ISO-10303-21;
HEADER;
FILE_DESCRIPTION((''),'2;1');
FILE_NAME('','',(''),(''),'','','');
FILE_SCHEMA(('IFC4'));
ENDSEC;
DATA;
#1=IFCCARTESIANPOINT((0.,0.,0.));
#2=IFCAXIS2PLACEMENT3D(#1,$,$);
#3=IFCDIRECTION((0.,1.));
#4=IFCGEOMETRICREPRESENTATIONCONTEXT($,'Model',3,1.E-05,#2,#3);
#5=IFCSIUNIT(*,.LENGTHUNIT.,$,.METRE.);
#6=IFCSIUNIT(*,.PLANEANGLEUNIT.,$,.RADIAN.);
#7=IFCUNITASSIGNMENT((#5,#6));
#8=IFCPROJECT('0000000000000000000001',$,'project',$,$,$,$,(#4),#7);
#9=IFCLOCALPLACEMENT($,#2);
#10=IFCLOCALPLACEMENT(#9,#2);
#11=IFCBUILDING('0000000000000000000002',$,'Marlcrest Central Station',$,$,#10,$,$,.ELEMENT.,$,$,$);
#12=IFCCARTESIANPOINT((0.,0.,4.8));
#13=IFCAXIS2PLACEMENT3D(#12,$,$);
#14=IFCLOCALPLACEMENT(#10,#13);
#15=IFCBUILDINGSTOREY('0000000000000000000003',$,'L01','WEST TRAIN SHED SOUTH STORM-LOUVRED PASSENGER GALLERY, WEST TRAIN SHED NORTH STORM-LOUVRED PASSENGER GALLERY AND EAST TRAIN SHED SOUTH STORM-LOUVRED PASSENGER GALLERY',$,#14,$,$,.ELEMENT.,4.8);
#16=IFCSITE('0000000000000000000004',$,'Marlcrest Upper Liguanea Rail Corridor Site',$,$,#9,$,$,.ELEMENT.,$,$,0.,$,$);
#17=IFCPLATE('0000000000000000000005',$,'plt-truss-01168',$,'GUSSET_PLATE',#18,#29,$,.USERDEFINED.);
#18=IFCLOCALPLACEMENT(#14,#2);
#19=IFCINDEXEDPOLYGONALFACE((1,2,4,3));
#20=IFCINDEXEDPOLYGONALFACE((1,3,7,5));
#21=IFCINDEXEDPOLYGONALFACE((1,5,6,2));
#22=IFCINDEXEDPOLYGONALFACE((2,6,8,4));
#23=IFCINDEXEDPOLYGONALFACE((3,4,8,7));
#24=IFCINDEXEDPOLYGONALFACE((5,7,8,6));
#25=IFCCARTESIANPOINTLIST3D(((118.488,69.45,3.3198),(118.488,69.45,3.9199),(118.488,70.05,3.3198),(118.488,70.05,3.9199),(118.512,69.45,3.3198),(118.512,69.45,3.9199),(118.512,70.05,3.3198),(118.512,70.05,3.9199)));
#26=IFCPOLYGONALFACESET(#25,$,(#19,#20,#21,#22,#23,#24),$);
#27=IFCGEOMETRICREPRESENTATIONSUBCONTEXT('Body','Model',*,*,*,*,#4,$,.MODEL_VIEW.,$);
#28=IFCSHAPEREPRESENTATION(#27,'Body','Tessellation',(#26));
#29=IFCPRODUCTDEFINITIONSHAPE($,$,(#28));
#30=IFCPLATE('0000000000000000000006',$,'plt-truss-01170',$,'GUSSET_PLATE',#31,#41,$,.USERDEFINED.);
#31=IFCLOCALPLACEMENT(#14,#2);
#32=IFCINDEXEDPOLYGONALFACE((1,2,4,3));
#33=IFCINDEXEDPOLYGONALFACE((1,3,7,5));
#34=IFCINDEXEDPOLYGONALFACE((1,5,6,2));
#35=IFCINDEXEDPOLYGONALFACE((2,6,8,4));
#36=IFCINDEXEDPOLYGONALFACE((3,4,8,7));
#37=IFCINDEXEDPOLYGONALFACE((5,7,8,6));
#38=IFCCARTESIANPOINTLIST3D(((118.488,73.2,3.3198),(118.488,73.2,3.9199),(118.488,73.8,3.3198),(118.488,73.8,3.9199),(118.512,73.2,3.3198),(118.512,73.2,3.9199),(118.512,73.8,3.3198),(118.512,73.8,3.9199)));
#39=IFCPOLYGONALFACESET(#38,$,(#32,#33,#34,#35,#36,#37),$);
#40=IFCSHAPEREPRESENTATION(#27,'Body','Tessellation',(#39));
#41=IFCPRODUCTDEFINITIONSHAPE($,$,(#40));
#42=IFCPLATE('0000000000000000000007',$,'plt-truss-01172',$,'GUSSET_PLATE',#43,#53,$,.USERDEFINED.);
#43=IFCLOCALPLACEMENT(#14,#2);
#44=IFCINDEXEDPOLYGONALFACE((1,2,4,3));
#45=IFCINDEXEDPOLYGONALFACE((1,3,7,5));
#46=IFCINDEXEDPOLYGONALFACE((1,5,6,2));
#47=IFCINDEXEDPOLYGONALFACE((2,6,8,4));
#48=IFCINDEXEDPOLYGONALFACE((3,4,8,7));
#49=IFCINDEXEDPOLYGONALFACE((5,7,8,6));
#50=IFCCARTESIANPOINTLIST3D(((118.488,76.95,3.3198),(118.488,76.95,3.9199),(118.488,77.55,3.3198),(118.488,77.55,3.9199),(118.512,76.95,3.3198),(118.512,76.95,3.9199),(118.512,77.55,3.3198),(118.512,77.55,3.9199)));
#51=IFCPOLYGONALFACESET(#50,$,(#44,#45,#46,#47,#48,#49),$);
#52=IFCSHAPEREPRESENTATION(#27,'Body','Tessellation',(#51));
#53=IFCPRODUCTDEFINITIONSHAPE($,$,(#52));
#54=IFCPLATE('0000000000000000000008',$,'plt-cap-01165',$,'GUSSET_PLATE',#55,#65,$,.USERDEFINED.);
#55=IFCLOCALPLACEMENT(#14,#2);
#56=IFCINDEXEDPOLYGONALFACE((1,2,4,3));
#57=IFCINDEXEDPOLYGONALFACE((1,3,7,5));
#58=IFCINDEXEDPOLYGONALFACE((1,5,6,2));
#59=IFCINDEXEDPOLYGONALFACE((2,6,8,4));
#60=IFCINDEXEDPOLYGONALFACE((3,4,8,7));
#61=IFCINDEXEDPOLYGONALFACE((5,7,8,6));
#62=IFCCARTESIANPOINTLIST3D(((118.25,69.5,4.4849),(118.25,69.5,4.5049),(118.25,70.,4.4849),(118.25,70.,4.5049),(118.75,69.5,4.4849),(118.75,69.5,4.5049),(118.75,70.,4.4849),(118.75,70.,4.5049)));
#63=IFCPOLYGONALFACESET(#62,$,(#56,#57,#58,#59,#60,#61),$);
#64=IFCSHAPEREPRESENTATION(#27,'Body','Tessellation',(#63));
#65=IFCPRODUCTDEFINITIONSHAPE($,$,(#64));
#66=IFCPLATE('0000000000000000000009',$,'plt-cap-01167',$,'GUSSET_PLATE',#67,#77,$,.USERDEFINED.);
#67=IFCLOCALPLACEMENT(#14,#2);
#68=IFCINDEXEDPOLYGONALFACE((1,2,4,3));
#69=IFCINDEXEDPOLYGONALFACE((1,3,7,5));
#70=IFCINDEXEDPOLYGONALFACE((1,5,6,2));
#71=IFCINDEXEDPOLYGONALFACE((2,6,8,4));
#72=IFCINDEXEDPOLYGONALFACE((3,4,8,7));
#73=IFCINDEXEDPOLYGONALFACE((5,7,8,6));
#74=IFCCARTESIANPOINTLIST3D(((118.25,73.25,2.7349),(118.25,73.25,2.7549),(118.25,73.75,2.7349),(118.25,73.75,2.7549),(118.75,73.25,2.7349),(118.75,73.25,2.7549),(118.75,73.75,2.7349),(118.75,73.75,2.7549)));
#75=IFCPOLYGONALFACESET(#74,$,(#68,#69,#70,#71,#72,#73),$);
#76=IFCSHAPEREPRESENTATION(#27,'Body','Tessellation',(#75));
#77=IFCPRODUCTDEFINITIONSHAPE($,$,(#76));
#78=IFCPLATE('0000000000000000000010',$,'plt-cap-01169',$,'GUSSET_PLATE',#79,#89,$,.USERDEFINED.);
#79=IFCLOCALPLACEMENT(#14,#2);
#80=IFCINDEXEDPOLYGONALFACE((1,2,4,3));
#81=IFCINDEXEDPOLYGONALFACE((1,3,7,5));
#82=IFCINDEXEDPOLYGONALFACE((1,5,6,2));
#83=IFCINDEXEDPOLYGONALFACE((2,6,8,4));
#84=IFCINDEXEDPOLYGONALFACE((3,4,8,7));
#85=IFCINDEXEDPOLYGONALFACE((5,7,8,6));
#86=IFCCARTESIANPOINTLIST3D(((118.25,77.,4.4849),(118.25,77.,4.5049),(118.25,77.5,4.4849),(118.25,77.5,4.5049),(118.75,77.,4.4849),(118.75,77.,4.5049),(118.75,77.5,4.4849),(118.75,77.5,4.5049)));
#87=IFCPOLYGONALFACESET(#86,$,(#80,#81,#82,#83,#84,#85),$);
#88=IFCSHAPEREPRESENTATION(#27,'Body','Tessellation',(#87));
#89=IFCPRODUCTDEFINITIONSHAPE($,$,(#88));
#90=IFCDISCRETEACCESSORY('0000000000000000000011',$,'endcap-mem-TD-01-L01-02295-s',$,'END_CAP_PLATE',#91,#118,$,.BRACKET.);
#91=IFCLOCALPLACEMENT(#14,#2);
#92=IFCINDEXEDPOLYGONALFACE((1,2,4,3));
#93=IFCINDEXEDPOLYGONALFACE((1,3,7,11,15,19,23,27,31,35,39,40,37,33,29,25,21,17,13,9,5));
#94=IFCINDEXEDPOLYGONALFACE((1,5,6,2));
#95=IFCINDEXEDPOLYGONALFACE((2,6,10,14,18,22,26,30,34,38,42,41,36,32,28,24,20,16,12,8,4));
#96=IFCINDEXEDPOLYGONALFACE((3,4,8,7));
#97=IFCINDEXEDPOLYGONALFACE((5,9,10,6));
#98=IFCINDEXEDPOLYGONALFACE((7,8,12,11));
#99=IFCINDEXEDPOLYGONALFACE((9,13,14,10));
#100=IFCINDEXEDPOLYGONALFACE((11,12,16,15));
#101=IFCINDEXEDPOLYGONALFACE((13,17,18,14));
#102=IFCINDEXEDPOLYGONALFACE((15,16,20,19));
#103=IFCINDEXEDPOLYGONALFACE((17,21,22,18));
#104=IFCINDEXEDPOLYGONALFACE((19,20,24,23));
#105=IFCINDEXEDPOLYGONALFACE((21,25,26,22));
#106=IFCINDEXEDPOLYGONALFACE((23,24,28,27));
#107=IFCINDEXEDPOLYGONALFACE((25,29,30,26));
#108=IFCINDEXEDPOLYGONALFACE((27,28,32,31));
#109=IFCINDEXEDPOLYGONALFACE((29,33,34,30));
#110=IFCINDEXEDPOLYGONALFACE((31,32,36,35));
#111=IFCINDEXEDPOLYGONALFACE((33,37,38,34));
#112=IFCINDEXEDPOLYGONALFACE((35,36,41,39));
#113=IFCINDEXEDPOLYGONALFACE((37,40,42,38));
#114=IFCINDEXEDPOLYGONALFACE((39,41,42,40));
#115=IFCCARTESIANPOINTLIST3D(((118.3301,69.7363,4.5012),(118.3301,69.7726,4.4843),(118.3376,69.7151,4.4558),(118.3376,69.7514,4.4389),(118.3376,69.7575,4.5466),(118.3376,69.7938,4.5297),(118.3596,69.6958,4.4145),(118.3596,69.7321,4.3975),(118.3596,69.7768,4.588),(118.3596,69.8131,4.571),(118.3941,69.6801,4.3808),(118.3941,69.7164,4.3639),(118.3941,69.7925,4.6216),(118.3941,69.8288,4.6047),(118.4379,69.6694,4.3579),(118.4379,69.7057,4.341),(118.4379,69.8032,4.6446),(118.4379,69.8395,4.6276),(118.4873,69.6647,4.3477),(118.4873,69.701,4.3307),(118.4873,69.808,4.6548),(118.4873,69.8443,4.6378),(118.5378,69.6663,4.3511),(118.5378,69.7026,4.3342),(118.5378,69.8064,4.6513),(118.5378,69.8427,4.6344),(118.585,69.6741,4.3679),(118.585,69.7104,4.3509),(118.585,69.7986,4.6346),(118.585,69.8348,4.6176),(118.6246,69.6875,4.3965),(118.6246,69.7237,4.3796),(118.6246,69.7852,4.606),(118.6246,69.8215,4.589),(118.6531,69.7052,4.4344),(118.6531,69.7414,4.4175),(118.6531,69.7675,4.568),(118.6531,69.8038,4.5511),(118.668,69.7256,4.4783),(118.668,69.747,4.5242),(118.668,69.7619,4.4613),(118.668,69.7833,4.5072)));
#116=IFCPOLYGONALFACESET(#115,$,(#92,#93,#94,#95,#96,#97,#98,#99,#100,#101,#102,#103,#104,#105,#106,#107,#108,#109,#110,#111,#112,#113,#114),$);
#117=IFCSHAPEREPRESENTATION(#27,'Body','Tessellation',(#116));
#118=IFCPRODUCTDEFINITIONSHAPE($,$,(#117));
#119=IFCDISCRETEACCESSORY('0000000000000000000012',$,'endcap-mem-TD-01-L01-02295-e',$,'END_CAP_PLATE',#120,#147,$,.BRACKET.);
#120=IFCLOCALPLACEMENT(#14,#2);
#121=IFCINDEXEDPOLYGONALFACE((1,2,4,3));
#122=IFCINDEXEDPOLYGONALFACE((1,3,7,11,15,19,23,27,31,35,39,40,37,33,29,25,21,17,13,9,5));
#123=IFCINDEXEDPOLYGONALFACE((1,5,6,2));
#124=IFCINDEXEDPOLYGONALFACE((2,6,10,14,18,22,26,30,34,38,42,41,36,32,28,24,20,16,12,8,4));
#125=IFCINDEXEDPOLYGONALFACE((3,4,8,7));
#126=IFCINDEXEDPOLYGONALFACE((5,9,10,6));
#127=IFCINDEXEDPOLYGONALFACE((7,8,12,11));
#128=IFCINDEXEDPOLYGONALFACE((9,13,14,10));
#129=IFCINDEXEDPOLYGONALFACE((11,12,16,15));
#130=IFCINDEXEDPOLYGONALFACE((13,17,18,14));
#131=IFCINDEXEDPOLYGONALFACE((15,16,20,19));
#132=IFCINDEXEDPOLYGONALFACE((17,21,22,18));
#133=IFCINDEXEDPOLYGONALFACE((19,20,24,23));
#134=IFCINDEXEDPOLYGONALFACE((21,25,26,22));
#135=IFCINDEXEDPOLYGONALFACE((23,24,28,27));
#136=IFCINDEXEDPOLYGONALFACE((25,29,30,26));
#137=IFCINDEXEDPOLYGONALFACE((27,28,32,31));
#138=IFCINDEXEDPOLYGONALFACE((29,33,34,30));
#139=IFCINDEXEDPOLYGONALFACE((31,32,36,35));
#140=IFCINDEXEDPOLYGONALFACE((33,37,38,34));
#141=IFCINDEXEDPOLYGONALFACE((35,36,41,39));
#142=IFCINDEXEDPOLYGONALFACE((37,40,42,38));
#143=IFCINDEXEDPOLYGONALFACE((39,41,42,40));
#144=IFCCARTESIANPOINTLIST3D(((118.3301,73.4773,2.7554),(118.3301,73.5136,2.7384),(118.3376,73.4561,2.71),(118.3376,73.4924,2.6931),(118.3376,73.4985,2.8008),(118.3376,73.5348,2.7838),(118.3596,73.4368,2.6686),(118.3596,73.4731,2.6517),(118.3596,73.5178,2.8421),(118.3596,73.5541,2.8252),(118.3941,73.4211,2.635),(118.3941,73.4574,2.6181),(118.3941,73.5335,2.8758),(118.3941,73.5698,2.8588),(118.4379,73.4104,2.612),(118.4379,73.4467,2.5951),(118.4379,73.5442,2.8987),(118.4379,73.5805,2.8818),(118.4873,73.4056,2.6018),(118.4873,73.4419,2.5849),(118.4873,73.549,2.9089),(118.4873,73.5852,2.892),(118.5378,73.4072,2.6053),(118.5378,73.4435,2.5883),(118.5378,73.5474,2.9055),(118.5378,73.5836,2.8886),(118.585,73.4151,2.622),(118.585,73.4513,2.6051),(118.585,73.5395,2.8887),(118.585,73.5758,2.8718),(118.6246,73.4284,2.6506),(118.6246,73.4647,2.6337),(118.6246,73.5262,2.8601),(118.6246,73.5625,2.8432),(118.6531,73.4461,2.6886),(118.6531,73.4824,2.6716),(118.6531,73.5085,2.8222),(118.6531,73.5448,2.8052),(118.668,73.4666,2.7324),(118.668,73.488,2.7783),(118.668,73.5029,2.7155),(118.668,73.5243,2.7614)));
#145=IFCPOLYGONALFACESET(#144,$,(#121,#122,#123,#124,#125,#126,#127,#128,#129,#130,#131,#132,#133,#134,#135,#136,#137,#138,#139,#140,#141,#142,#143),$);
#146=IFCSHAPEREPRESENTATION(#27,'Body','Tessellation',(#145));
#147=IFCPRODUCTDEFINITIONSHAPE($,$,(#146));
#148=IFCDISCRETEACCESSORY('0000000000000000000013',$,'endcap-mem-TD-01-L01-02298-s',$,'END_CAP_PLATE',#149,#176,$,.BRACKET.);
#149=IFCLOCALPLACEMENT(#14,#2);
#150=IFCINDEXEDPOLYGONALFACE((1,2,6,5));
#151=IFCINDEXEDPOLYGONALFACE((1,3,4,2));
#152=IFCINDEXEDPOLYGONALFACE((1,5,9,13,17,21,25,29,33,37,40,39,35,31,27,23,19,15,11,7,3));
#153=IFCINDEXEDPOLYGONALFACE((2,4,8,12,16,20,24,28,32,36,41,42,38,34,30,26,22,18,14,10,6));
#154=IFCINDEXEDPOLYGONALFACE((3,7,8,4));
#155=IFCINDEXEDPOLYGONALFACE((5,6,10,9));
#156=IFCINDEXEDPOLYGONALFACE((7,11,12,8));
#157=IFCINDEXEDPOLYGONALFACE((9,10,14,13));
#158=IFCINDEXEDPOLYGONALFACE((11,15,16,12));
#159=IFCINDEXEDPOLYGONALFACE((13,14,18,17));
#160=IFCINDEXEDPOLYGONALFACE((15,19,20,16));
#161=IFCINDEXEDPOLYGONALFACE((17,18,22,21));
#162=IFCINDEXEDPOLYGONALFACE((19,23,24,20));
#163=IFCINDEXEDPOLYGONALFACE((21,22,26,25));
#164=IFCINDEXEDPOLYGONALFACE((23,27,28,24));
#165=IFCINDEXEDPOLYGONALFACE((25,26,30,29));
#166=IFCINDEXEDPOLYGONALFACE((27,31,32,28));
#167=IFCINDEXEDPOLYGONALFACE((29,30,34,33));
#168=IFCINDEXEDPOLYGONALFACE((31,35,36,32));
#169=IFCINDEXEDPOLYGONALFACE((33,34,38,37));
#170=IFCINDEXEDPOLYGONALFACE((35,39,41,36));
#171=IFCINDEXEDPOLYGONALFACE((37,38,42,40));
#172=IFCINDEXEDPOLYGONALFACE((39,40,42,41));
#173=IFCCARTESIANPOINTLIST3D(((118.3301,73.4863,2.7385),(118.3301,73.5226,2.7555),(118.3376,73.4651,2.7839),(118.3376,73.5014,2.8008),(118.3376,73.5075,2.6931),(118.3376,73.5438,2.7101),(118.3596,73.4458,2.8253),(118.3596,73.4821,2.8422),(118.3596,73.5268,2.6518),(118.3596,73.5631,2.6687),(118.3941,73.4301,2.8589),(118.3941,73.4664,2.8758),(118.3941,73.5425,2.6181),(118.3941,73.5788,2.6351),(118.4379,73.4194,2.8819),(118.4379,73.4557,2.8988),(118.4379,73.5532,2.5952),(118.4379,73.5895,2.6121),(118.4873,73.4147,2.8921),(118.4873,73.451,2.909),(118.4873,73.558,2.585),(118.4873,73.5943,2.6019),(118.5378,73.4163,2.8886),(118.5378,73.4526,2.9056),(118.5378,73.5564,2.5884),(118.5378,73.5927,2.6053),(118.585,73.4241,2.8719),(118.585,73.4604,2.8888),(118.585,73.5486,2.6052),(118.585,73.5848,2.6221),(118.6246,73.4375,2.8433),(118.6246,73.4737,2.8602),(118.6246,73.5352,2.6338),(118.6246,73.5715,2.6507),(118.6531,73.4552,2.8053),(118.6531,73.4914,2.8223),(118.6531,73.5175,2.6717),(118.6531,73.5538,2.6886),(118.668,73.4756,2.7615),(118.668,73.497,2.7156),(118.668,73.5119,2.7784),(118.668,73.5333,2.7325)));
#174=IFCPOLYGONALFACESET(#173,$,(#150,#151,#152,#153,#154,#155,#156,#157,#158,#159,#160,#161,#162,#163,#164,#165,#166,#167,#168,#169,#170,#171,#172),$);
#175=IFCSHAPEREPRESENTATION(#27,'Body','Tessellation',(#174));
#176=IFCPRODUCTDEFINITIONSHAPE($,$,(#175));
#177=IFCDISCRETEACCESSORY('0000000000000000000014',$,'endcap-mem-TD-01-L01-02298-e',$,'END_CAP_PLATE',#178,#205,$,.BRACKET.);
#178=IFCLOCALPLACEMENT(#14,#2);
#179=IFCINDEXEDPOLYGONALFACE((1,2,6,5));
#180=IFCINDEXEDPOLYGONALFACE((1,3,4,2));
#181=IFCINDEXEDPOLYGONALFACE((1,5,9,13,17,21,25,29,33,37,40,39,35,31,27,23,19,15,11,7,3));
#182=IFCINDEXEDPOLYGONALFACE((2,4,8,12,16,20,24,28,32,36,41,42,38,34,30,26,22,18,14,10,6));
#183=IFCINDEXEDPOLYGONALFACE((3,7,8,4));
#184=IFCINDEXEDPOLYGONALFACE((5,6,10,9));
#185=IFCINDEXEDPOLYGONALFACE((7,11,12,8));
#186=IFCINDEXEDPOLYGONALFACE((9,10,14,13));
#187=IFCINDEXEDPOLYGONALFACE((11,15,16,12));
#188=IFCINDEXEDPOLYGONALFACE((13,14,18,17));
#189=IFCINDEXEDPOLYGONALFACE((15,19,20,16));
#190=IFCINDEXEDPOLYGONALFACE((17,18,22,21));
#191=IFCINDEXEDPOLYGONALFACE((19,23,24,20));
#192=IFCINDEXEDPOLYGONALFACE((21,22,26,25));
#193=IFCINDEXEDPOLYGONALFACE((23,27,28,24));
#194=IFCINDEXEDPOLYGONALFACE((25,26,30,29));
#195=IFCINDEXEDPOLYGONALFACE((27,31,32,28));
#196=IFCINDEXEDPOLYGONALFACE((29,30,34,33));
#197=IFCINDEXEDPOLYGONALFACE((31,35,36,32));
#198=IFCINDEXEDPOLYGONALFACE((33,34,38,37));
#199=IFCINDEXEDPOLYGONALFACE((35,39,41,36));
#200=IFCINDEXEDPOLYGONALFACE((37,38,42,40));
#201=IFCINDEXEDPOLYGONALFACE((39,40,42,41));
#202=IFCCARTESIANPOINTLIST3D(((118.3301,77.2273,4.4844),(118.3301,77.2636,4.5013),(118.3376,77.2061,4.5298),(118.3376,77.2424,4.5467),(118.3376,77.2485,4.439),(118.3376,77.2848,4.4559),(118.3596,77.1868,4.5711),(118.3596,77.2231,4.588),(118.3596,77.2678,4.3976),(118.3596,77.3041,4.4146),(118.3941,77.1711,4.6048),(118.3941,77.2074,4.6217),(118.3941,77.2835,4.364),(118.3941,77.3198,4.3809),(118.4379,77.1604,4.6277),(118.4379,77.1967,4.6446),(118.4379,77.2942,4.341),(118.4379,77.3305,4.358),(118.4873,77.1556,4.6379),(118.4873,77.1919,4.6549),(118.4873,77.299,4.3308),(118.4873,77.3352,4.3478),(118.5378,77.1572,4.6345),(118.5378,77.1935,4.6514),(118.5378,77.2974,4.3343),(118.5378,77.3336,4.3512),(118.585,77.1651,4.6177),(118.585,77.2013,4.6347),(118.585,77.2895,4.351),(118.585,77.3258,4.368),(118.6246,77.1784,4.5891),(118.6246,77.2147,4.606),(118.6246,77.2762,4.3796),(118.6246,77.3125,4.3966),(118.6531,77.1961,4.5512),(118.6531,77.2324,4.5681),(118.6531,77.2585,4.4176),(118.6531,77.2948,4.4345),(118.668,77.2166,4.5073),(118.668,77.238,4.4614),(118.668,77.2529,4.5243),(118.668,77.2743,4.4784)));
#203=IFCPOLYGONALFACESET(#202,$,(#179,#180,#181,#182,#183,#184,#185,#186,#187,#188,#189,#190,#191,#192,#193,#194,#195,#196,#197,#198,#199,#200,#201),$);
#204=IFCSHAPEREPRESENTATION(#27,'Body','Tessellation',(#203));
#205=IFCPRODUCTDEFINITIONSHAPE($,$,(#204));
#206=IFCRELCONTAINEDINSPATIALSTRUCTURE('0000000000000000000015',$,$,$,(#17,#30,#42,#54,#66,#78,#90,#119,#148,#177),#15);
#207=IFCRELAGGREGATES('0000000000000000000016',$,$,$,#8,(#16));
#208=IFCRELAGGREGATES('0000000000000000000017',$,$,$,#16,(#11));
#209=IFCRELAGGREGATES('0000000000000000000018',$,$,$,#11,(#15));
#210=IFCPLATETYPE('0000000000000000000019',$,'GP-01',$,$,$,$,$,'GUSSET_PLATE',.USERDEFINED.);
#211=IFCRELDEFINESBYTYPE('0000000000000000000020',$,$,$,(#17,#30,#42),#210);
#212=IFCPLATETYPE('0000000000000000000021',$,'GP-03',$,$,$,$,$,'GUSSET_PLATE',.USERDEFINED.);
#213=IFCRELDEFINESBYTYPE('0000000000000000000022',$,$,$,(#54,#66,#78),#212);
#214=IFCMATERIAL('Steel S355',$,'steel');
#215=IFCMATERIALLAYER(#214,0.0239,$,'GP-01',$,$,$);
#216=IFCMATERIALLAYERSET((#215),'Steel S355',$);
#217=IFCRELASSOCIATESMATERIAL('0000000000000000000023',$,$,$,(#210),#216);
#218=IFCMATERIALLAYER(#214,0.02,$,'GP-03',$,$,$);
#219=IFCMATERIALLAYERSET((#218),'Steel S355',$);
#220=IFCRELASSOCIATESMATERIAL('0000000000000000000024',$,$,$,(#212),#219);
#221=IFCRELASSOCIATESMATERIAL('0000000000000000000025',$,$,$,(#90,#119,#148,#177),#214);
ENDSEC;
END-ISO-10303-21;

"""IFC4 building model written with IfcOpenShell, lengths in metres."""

from ifc_helpers import new_model, si_unit, direction, frame, origin, origin_2d, place, context, subcontext, project, spatial, rectangle, circle, extrude, material, layer, layer_set, type_object, element, save


model = new_model("IFC4")

# Units and contexts
model_context = context("Model", 3, precision=1e-05, world=origin(), true_north=direction((0.0, 1.0)))
body_context = subcontext(model_context, "Body", "Model", "MODEL_VIEW")
ifc_project = project(units=[si_unit("LENGTHUNIT", "METRE"), si_unit("PLANEANGLEUNIT", "RADIAN")], contexts=[model_context])

# Site, building, storey
site_placement = place(None, origin())
site = spatial("IfcSite", under=ifc_project, at=site_placement, Name="Marlcrest Upper Liguanea Rail Corridor Site", CompositionType="ELEMENT", RefElevation=0.0)
building_placement = place(site_placement, origin())
building = spatial("IfcBuilding", under=site, at=building_placement, Name="Marlcrest Central Station", CompositionType="ELEMENT")
storey_placement = place(building_placement, frame((0.0, 0.0, 4.8)))
storey = spatial("IfcBuildingStorey", under=building, at=storey_placement, Name="L01", Description="WEST TRAIN SHED SOUTH STORM-LOUVRED PASSENGER GALLERY, WEST TRAIN SHED NORTH STORM-LOUVRED PASSENGER GALLERY AND EAST TRAIN SHED SOUTH STORM-LOUVRED PASSENGER GALLERY", CompositionType="ELEMENT", Elevation=4.8)

# Shared definitions
ifc_material = material(Name="Steel S355", Category="steel")

# Plates
ifc_layer_1 = layer(ifc_material, 0.0239, Name="GP-01")
ifc_layer_set_1 = layer_set([ifc_layer_1], Name="Steel S355")
plate_type_1 = type_object("IfcPlateType", Name="GP-01", ElementType="GUSSET_PLATE", PredefinedType="USERDEFINED", material=ifc_layer_set_1)
for number, where, z_axis, x_axis, name in (
    (1, (118.5, 69.75, 3.3198), (0.0, 0.0, 1.0), (1.0, 0.0, 0.0), "plt-truss-01168"),
    (2, (118.5, 73.5, 3.3198), (0.0, 0.0, 1.0), (1.0, 0.0, 0.0), "plt-truss-01170"),
    (3, (118.5, 77.25, 3.3198), (0.0, 0.0, 1.0), (1.0, 0.0, 0.0), "plt-truss-01172"),
):
    element("IfcPlate", number, at=place(storey_placement, frame(where, z_axis=z_axis, x_axis=x_axis)), inside=storey, type_object=plate_type_1, Name=name, ObjectType="GUSSET_PLATE", PredefinedType="USERDEFINED", context=body_context, shape_type="SweptSolid", body=[
        extrude(rectangle(XDim=0.0239, YDim=0.6001, at=origin_2d()), origin(), (0.0, 0.0, 1.0), 0.6001),
    ])
ifc_layer_2 = layer(ifc_material, 0.02, Name="GP-03")
ifc_layer_set_2 = layer_set([ifc_layer_2], Name="Steel S355")
plate_type_2 = type_object("IfcPlateType", Name="GP-03", ElementType="GUSSET_PLATE", PredefinedType="USERDEFINED", material=ifc_layer_set_2)
for number, where, z_axis, x_axis, name in (
    (4, (118.5, 69.75, 4.4849), (0.0, 0.0, 1.0), (1.0, 0.0, 0.0), "plt-cap-01165"),
    (5, (118.5, 73.5, 2.7349), (0.0, 0.0, 1.0), (1.0, 0.0, 0.0), "plt-cap-01167"),
    (6, (118.5, 77.25, 4.4849), (0.0, 0.0, 1.0), (1.0, 0.0, 0.0), "plt-cap-01169"),
):
    element("IfcPlate", number, at=place(storey_placement, frame(where, z_axis=z_axis, x_axis=x_axis)), inside=storey, type_object=plate_type_2, Name=name, ObjectType="GUSSET_PLATE", PredefinedType="USERDEFINED", context=body_context, shape_type="SweptSolid", body=[
        extrude(rectangle(XDim=0.5, YDim=0.5, at=origin_2d()), origin(), (0.0, 0.0, 1.0), 0.02),
    ])

# Discrete accessories
for number, where, z_axis, x_axis, name in (
    (7, (118.5, 69.7363, 4.5012), (0.0, 0.906183, -0.422885), (-1.0, 0.0, 0.0), "endcap-mem-TD-01-L01-02295-s"),
    (8, (118.5, 73.4773, 2.7554), (0.0, 0.906183, -0.422885), (-1.0, 0.0, 0.0), "endcap-mem-TD-01-L01-02295-e"),
    (9, (118.5, 73.4863, 2.7385), (0.0, 0.906183, 0.422885), (-1.0, 0.0, 0.0), "endcap-mem-TD-01-L01-02298-s"),
    (10, (118.5, 77.2273, 4.4844), (0.0, 0.906183, 0.422885), (-1.0, 0.0, 0.0), "endcap-mem-TD-01-L01-02298-e"),
):
    element("IfcDiscreteAccessory", number, at=place(storey_placement, frame(where, z_axis=z_axis, x_axis=x_axis)), inside=storey, material=ifc_material, Name=name, ObjectType="END_CAP_PLATE", PredefinedType="BRACKET", context=body_context, shape_type="SweptSolid", body=[
        extrude(circle(Radius=0.1699, at=origin_2d()), origin(), (0.0, 0.0, 1.0), 0.04),
    ])

save(model, "model.ifc")
